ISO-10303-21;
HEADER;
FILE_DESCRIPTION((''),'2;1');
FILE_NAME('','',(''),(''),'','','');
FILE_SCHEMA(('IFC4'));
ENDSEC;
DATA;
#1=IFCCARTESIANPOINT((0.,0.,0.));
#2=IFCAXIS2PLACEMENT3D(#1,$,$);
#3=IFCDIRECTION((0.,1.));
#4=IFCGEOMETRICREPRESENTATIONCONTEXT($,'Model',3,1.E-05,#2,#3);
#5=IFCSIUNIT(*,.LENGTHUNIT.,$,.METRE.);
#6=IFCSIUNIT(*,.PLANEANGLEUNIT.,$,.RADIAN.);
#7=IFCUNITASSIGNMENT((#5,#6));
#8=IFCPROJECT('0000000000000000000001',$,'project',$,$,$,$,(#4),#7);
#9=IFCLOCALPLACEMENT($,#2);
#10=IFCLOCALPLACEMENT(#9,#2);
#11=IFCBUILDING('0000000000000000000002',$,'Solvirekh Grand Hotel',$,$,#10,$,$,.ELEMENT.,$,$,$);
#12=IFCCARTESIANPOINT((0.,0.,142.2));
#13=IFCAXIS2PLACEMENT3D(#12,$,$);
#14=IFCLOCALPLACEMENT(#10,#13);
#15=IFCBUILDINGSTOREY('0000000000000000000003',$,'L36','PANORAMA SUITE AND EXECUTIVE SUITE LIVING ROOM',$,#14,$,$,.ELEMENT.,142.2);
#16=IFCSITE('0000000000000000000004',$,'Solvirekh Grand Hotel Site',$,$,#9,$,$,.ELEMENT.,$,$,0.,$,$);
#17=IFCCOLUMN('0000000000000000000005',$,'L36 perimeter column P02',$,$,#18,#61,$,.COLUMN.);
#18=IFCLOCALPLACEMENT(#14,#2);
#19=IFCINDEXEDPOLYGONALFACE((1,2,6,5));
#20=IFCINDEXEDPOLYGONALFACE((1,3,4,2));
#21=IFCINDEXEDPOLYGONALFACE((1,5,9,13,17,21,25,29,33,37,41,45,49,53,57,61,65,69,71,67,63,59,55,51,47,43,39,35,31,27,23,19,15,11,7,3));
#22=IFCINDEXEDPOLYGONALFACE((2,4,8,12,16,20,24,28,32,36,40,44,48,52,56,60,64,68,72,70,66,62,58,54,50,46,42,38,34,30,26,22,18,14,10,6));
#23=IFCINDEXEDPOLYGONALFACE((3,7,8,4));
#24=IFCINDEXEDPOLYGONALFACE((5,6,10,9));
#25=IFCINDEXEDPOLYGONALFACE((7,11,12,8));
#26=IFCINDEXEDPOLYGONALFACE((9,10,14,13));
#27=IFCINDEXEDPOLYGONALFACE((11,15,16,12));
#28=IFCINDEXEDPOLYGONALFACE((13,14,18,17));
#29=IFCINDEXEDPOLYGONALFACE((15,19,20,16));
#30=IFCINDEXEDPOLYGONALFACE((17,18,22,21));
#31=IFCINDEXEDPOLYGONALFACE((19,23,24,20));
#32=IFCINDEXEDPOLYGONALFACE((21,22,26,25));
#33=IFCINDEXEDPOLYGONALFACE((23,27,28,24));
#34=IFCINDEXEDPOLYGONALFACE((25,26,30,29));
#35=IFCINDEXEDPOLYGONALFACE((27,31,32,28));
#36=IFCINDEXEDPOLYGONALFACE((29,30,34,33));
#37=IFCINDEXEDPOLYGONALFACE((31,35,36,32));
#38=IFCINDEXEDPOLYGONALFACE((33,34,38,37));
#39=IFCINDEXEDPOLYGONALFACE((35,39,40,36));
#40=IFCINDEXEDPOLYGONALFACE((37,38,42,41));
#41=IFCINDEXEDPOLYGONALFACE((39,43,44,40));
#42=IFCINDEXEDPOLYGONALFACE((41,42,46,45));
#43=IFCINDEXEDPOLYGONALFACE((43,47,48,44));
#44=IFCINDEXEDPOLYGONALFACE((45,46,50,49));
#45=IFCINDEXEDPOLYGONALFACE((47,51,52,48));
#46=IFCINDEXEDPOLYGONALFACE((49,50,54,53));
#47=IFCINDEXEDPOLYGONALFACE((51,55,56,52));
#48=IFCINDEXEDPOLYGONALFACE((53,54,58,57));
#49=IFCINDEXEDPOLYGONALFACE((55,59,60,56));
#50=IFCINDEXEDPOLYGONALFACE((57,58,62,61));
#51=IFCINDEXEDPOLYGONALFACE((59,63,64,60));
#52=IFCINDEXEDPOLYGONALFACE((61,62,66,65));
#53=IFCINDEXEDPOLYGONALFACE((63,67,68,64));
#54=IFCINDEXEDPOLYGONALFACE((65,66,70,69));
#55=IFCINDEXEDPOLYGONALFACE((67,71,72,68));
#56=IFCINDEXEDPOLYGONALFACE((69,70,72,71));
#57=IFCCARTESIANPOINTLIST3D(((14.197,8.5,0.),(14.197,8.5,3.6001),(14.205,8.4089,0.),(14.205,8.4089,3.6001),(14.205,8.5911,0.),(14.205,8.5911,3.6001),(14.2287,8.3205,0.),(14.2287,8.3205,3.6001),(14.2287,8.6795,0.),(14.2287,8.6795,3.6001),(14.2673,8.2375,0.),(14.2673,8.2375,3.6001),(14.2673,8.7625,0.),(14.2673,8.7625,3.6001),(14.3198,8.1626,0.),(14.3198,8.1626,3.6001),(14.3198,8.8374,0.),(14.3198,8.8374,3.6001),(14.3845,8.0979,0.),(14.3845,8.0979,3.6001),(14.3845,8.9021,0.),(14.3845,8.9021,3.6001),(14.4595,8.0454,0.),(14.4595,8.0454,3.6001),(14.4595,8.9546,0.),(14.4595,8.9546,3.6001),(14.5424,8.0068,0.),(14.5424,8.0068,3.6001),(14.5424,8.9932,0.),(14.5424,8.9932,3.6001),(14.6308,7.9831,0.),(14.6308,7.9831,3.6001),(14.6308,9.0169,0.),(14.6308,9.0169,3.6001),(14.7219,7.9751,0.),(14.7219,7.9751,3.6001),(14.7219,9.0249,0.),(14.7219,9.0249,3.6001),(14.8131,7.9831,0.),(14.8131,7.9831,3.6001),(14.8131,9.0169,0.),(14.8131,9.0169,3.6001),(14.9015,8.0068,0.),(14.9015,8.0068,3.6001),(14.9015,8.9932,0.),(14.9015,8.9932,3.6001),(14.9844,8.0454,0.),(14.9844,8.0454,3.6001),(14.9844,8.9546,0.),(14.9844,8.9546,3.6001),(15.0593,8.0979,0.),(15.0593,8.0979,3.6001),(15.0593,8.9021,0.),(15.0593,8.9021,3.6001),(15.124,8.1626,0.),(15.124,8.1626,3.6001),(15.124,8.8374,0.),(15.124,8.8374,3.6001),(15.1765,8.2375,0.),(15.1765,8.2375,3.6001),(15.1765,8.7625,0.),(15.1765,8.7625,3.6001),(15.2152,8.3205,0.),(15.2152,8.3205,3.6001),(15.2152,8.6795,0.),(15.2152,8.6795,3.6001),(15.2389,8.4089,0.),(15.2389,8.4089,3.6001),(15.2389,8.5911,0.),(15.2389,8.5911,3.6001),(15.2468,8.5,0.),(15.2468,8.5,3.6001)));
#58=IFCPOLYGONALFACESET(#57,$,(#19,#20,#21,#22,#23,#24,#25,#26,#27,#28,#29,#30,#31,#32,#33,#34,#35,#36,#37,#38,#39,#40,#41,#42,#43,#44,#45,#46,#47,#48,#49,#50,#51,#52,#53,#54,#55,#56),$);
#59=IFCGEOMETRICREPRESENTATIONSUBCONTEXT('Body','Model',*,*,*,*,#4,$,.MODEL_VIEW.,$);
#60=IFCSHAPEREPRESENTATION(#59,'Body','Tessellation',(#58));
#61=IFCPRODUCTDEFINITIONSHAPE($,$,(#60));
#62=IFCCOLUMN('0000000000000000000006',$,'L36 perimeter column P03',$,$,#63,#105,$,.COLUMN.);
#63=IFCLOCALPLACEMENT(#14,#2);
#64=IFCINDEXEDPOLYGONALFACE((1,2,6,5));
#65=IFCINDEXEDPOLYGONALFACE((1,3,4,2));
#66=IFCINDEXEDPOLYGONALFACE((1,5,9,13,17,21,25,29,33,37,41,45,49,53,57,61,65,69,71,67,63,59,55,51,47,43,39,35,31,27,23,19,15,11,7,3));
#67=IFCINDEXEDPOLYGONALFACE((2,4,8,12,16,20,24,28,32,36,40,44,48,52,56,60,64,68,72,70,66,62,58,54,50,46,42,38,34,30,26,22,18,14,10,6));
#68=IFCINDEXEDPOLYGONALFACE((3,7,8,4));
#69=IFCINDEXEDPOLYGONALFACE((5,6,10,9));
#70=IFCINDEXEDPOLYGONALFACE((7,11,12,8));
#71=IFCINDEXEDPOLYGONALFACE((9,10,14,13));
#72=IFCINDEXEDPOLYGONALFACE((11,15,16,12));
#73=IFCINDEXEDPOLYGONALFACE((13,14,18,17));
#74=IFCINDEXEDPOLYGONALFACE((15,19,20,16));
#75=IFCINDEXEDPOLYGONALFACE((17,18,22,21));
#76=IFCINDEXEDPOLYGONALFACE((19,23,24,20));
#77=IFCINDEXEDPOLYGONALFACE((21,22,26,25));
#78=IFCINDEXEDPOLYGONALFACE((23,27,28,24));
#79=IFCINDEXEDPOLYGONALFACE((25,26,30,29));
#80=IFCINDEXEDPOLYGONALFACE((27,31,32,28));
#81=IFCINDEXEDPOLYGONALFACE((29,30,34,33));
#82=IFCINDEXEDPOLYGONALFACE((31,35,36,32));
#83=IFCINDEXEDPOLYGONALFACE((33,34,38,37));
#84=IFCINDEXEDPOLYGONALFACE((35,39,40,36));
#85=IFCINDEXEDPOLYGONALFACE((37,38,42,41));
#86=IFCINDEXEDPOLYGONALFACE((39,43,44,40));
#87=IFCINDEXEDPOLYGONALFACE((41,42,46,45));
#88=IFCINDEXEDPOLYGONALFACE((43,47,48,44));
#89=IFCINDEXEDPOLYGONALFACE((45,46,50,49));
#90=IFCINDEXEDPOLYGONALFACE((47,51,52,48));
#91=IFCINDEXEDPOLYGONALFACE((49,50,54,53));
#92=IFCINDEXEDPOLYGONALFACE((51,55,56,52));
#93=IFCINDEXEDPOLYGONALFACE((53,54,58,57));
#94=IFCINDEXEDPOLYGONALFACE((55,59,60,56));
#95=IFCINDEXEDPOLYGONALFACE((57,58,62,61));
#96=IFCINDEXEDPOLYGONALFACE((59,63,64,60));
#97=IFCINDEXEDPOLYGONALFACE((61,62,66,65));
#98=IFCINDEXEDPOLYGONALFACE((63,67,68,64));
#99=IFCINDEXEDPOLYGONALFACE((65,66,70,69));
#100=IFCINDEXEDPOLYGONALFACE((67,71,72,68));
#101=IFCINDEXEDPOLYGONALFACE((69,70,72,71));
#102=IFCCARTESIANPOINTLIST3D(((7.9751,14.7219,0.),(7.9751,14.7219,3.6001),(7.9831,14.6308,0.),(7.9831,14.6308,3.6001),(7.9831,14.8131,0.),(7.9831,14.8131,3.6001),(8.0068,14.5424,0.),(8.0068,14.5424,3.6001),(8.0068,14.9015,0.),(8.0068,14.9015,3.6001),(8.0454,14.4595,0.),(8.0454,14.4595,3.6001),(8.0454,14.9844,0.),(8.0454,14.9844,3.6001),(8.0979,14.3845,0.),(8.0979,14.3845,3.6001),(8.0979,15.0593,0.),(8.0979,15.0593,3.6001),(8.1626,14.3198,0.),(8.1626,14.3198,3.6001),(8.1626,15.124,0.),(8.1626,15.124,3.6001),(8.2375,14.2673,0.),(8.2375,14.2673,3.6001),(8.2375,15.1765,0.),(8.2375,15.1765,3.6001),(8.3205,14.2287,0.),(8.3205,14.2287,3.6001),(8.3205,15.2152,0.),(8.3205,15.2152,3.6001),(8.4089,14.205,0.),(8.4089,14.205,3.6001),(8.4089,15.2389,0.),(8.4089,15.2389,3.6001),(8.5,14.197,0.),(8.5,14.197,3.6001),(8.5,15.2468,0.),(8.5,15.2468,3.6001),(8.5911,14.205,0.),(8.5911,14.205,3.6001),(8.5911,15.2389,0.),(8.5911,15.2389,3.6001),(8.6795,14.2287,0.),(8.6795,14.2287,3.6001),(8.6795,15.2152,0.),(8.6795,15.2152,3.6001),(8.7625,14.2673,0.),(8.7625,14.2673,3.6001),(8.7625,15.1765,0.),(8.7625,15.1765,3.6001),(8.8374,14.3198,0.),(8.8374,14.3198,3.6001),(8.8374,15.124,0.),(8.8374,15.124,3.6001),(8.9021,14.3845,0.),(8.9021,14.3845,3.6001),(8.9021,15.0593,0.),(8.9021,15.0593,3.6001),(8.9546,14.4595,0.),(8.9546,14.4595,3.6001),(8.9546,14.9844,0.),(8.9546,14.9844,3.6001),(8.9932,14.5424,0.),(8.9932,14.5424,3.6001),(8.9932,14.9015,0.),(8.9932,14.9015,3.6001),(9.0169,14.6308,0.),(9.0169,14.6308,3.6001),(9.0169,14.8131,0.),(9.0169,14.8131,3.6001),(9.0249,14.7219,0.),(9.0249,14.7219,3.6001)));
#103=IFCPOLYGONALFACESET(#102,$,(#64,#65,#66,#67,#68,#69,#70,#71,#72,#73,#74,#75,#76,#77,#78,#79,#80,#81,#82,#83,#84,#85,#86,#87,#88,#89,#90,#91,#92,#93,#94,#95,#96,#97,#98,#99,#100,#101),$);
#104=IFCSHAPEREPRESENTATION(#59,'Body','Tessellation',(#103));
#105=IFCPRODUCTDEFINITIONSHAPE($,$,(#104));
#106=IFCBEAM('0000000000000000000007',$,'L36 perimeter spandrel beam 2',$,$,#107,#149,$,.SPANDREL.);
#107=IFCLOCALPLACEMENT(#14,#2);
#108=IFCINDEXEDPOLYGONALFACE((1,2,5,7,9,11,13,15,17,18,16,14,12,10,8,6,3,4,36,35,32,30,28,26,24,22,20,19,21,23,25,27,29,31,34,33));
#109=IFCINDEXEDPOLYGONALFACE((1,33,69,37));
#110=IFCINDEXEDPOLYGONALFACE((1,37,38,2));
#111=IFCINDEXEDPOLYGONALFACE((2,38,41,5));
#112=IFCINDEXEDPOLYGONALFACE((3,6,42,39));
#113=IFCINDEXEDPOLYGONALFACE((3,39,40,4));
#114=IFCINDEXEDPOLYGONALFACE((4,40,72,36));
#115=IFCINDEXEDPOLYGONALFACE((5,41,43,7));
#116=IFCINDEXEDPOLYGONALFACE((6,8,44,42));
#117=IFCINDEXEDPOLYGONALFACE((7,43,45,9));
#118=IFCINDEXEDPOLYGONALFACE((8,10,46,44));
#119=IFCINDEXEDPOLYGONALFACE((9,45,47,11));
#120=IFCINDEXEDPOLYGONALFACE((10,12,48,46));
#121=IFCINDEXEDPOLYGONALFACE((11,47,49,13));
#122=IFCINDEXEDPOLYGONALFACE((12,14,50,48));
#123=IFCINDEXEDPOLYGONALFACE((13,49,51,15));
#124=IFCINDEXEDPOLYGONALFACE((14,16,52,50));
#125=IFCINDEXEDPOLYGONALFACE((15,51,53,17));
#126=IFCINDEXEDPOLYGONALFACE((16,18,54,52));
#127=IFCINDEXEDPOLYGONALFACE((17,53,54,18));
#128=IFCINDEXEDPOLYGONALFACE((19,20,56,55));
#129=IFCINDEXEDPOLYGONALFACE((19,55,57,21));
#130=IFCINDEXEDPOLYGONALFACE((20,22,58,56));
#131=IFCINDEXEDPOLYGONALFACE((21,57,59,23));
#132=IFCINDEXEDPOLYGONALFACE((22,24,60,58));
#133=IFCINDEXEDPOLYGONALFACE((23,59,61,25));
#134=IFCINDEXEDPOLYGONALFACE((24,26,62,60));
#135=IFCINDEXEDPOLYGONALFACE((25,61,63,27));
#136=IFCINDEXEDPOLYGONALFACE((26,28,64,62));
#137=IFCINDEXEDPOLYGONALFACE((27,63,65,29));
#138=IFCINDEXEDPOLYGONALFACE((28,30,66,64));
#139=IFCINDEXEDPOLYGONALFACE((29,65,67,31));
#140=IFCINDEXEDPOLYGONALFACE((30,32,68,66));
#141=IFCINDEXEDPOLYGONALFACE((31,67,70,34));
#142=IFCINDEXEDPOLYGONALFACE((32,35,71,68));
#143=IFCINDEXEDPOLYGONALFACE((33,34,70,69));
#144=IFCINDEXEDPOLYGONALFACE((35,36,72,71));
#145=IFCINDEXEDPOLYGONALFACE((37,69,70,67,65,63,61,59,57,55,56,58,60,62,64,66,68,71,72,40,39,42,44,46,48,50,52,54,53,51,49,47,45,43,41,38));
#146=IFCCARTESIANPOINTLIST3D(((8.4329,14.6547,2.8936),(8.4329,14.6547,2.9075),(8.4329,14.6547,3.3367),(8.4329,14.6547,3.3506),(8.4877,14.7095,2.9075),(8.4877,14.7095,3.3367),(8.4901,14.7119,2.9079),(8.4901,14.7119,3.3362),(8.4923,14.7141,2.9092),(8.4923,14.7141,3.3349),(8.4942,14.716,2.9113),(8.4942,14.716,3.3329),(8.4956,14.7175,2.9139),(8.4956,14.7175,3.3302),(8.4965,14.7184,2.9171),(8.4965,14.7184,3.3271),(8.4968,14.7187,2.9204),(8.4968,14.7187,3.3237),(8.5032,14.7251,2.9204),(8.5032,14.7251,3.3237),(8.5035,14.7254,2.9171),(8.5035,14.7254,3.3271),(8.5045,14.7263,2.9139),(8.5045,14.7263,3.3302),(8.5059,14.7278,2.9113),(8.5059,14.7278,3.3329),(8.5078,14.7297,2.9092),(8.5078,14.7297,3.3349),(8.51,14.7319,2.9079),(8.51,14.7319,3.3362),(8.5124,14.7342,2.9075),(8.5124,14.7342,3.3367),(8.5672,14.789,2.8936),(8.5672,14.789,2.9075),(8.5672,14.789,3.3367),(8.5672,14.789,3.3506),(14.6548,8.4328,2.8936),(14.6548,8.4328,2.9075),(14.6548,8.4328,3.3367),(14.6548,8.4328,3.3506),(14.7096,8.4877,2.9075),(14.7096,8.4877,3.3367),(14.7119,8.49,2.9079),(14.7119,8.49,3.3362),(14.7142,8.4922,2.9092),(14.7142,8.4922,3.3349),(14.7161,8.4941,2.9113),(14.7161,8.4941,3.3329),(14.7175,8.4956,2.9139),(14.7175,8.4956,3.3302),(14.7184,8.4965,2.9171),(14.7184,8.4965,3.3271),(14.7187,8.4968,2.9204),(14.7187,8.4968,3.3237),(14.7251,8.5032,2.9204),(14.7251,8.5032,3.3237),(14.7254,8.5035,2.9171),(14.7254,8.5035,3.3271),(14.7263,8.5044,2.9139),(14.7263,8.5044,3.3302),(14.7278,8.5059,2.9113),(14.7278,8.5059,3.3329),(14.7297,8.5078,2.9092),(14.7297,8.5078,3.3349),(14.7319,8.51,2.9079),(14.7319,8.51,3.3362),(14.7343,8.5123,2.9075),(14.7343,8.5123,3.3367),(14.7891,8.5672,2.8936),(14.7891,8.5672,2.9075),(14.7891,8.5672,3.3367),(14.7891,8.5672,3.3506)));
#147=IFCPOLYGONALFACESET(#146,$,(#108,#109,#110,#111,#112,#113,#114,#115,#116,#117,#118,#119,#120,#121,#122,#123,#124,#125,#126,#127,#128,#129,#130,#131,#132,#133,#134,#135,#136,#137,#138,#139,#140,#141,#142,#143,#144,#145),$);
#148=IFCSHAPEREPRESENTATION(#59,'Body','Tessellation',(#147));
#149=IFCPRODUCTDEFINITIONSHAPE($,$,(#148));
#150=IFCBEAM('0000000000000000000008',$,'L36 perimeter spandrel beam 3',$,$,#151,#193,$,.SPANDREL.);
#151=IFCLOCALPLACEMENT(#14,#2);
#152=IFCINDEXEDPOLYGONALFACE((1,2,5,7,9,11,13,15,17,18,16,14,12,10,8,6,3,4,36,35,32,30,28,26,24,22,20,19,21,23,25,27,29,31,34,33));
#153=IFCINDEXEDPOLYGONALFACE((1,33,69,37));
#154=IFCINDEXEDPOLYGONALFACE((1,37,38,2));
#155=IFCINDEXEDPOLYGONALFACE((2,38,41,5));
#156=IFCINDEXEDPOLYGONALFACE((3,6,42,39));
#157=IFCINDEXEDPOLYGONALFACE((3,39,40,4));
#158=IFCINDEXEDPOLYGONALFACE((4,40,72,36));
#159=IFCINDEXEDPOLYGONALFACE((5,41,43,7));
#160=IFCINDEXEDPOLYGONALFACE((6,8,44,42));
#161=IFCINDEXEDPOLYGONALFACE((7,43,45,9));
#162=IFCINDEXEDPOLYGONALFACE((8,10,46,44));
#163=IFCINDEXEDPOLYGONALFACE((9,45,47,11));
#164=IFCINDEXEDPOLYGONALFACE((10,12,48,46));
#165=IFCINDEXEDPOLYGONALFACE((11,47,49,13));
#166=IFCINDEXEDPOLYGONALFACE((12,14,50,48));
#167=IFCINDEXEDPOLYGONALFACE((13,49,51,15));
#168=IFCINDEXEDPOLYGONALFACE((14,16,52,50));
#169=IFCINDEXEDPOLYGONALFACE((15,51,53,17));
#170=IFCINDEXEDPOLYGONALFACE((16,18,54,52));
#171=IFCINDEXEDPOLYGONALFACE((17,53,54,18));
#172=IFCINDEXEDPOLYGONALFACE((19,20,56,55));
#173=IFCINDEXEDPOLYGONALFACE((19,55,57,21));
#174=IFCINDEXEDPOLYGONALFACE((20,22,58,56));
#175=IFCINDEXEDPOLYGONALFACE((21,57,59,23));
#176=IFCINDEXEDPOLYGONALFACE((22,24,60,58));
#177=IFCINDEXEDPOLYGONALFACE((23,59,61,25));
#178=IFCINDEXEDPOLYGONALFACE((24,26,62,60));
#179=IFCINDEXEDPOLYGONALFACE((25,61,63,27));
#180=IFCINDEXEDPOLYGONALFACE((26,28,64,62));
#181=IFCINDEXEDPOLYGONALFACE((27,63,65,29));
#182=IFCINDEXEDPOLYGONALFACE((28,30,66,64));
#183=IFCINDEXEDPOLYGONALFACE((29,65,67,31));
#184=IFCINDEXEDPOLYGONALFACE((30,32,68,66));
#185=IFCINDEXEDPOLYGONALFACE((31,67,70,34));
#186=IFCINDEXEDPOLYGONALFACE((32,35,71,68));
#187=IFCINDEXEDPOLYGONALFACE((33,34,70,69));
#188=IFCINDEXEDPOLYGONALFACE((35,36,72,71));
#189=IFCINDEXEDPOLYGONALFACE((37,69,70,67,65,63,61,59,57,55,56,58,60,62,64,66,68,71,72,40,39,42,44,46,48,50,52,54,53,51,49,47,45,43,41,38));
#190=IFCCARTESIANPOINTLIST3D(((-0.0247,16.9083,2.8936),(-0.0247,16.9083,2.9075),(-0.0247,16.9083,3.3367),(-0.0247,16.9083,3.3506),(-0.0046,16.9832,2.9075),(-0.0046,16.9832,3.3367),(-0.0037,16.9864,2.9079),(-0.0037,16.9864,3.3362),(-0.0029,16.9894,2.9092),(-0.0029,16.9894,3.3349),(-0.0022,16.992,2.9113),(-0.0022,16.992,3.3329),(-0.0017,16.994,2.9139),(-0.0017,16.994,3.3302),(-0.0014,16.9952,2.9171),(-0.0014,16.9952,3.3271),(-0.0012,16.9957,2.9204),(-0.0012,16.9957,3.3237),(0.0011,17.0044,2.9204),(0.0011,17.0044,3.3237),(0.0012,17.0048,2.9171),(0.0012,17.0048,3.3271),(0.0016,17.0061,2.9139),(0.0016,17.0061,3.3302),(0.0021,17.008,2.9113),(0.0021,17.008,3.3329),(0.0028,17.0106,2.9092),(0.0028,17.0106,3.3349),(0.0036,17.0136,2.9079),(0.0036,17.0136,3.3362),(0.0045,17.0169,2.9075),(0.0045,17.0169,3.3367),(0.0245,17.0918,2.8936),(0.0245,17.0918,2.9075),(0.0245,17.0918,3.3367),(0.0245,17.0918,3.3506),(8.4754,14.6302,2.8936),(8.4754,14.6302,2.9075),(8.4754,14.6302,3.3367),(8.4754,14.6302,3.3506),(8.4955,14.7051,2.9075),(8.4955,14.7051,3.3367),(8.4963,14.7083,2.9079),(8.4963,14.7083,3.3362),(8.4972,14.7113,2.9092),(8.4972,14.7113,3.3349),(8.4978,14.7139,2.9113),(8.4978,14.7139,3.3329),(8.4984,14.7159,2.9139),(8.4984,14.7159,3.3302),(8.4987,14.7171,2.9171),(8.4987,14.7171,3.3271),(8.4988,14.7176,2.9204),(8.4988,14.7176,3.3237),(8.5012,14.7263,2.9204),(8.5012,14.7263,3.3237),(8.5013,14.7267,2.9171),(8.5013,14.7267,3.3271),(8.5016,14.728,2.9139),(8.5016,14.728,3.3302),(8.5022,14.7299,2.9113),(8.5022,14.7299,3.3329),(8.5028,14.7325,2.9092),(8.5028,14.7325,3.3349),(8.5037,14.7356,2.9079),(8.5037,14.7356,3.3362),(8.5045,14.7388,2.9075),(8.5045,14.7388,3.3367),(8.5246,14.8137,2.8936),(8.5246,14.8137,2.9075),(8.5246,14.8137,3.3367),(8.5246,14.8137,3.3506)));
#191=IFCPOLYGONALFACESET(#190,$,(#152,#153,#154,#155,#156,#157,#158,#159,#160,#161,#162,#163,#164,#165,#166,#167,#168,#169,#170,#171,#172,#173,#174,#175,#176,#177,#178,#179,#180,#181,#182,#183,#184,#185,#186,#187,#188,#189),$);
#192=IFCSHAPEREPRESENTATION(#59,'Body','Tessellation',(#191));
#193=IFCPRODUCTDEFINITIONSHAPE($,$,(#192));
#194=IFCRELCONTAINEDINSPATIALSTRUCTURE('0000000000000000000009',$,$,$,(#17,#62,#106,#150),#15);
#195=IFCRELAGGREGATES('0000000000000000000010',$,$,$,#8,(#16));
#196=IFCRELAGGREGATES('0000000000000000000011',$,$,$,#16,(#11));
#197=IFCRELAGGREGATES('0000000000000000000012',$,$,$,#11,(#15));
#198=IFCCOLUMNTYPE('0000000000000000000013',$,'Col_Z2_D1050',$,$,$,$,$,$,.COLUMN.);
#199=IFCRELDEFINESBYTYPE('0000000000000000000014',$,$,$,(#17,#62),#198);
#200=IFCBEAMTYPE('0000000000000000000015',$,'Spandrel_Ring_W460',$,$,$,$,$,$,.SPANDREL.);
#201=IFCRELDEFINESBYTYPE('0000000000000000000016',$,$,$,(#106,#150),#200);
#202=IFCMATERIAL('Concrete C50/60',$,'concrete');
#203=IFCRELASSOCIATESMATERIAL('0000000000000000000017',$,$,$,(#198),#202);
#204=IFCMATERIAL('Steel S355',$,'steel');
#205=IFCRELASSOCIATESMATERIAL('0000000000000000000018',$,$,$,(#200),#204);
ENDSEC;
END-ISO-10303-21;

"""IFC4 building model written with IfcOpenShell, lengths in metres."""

from ifc_helpers import new_model, si_unit, direction, frame, origin, origin_2d, place, context, subcontext, project, spatial, circle, i_section, extrude, material, material_profile, profile_set, type_object, element, save


model = new_model("IFC4")

# Units and contexts
model_context = context("Model", 3, precision=1e-05, world=origin(), true_north=direction((0.0, 1.0)))
body_context = subcontext(model_context, "Body", "Model", "MODEL_VIEW")
ifc_project = project(units=[si_unit("LENGTHUNIT", "METRE"), si_unit("PLANEANGLEUNIT", "RADIAN")], contexts=[model_context])

# Site, building, storey
site_placement = place(None, origin())
site = spatial("IfcSite", under=ifc_project, at=site_placement, Name="Solvirekh Grand Hotel Site", CompositionType="ELEMENT", RefElevation=0.0)
building_placement = place(site_placement, origin())
building = spatial("IfcBuilding", under=site, at=building_placement, Name="Solvirekh Grand Hotel", CompositionType="ELEMENT")
storey_placement = place(building_placement, frame((0.0, 0.0, 142.2)))
storey = spatial("IfcBuildingStorey", under=building, at=storey_placement, Name="L36", Description="PANORAMA SUITE AND EXECUTIVE SUITE LIVING ROOM", CompositionType="ELEMENT", Elevation=142.2)

# Columns
ifc_material_1 = material(Name="Concrete C50/60", Category="concrete")
ifc_material_profile_1 = material_profile(ifc_material_1, circle(Radius=0.5249, at=origin_2d()), Name="RC CIRC D1050")
ifc_profile_set_1 = profile_set([ifc_material_profile_1], Name="Concrete C50/60")
column_type = type_object("IfcColumnType", Name="Col_Z2_D1050", PredefinedType="COLUMN", material=ifc_profile_set_1)
for number, where, z_axis, x_axis, name in (
    (1, (14.7219, 8.5, 0.0), (0.0, 0.0, 1.0), (1.0, 0.0, 0.0), "L36 perimeter column P02"),
    (2, (8.5, 14.7219, 0.0), (0.0, 0.0, 1.0), (1.0, 0.0, 0.0), "L36 perimeter column P03"),
):
    element("IfcColumn", number, at=place(storey_placement, frame(where, z_axis=z_axis, x_axis=x_axis)), inside=storey, type_object=column_type, Name=name, PredefinedType="COLUMN", context=body_context, shape_type="SweptSolid", body=[
        extrude(circle(Radius=0.5249, at=origin_2d()), origin(), (0.0, 0.0, 1.0), 3.6001),
    ])

# Beams
ifc_material_2 = material(Name="Steel S355", Category="steel")
ifc_material_profile_2 = material_profile(ifc_material_2, i_section(OverallWidth=0.1899, OverallDepth=0.457, WebThickness=0.009, FlangeThickness=0.0139, FilletRadius=0.0129, at=origin_2d()), Name="W460X74")
ifc_profile_set_2 = profile_set([ifc_material_profile_2], Name="Steel S355")
beam_type = type_object("IfcBeamType", Name="Spandrel_Ring_W460", PredefinedType="SPANDREL", material=ifc_profile_set_2)
beam_1_placement = place(storey_placement, frame((14.7219, 8.5, 3.1221), z_axis=(-0.707107, 0.707107, 0.0), x_axis=(-0.707107, -0.707107, 0.0)))
element("IfcBeam", 3, at=beam_1_placement, inside=storey, type_object=beam_type, Name="L36 perimeter spandrel beam 2", PredefinedType="SPANDREL", context=body_context, shape_type="SweptSolid", body=[
    extrude(i_section(OverallWidth=0.1899, OverallDepth=0.457, WebThickness=0.009, FlangeThickness=0.0139, FilletRadius=0.0129, at=origin_2d()), origin(), (0.0, 0.0, 1.0), 8.7991),
])
beam_2_placement = place(storey_placement, frame((8.5, 14.7219, 3.1221), z_axis=(-0.965911, 0.258873, 0.0), x_axis=(-0.258873, -0.965911, 0.0)))
element("IfcBeam", 4, at=beam_2_placement, inside=storey, type_object=beam_type, Name="L36 perimeter spandrel beam 3", PredefinedType="SPANDREL", context=body_context, shape_type="SweptSolid", body=[
    extrude(i_section(OverallWidth=0.1899, OverallDepth=0.457, WebThickness=0.009, FlangeThickness=0.0139, FilletRadius=0.0129, at=origin_2d()), origin(), (0.0, 0.0, 1.0), 8.8),
])

save(model, "model.ifc")
